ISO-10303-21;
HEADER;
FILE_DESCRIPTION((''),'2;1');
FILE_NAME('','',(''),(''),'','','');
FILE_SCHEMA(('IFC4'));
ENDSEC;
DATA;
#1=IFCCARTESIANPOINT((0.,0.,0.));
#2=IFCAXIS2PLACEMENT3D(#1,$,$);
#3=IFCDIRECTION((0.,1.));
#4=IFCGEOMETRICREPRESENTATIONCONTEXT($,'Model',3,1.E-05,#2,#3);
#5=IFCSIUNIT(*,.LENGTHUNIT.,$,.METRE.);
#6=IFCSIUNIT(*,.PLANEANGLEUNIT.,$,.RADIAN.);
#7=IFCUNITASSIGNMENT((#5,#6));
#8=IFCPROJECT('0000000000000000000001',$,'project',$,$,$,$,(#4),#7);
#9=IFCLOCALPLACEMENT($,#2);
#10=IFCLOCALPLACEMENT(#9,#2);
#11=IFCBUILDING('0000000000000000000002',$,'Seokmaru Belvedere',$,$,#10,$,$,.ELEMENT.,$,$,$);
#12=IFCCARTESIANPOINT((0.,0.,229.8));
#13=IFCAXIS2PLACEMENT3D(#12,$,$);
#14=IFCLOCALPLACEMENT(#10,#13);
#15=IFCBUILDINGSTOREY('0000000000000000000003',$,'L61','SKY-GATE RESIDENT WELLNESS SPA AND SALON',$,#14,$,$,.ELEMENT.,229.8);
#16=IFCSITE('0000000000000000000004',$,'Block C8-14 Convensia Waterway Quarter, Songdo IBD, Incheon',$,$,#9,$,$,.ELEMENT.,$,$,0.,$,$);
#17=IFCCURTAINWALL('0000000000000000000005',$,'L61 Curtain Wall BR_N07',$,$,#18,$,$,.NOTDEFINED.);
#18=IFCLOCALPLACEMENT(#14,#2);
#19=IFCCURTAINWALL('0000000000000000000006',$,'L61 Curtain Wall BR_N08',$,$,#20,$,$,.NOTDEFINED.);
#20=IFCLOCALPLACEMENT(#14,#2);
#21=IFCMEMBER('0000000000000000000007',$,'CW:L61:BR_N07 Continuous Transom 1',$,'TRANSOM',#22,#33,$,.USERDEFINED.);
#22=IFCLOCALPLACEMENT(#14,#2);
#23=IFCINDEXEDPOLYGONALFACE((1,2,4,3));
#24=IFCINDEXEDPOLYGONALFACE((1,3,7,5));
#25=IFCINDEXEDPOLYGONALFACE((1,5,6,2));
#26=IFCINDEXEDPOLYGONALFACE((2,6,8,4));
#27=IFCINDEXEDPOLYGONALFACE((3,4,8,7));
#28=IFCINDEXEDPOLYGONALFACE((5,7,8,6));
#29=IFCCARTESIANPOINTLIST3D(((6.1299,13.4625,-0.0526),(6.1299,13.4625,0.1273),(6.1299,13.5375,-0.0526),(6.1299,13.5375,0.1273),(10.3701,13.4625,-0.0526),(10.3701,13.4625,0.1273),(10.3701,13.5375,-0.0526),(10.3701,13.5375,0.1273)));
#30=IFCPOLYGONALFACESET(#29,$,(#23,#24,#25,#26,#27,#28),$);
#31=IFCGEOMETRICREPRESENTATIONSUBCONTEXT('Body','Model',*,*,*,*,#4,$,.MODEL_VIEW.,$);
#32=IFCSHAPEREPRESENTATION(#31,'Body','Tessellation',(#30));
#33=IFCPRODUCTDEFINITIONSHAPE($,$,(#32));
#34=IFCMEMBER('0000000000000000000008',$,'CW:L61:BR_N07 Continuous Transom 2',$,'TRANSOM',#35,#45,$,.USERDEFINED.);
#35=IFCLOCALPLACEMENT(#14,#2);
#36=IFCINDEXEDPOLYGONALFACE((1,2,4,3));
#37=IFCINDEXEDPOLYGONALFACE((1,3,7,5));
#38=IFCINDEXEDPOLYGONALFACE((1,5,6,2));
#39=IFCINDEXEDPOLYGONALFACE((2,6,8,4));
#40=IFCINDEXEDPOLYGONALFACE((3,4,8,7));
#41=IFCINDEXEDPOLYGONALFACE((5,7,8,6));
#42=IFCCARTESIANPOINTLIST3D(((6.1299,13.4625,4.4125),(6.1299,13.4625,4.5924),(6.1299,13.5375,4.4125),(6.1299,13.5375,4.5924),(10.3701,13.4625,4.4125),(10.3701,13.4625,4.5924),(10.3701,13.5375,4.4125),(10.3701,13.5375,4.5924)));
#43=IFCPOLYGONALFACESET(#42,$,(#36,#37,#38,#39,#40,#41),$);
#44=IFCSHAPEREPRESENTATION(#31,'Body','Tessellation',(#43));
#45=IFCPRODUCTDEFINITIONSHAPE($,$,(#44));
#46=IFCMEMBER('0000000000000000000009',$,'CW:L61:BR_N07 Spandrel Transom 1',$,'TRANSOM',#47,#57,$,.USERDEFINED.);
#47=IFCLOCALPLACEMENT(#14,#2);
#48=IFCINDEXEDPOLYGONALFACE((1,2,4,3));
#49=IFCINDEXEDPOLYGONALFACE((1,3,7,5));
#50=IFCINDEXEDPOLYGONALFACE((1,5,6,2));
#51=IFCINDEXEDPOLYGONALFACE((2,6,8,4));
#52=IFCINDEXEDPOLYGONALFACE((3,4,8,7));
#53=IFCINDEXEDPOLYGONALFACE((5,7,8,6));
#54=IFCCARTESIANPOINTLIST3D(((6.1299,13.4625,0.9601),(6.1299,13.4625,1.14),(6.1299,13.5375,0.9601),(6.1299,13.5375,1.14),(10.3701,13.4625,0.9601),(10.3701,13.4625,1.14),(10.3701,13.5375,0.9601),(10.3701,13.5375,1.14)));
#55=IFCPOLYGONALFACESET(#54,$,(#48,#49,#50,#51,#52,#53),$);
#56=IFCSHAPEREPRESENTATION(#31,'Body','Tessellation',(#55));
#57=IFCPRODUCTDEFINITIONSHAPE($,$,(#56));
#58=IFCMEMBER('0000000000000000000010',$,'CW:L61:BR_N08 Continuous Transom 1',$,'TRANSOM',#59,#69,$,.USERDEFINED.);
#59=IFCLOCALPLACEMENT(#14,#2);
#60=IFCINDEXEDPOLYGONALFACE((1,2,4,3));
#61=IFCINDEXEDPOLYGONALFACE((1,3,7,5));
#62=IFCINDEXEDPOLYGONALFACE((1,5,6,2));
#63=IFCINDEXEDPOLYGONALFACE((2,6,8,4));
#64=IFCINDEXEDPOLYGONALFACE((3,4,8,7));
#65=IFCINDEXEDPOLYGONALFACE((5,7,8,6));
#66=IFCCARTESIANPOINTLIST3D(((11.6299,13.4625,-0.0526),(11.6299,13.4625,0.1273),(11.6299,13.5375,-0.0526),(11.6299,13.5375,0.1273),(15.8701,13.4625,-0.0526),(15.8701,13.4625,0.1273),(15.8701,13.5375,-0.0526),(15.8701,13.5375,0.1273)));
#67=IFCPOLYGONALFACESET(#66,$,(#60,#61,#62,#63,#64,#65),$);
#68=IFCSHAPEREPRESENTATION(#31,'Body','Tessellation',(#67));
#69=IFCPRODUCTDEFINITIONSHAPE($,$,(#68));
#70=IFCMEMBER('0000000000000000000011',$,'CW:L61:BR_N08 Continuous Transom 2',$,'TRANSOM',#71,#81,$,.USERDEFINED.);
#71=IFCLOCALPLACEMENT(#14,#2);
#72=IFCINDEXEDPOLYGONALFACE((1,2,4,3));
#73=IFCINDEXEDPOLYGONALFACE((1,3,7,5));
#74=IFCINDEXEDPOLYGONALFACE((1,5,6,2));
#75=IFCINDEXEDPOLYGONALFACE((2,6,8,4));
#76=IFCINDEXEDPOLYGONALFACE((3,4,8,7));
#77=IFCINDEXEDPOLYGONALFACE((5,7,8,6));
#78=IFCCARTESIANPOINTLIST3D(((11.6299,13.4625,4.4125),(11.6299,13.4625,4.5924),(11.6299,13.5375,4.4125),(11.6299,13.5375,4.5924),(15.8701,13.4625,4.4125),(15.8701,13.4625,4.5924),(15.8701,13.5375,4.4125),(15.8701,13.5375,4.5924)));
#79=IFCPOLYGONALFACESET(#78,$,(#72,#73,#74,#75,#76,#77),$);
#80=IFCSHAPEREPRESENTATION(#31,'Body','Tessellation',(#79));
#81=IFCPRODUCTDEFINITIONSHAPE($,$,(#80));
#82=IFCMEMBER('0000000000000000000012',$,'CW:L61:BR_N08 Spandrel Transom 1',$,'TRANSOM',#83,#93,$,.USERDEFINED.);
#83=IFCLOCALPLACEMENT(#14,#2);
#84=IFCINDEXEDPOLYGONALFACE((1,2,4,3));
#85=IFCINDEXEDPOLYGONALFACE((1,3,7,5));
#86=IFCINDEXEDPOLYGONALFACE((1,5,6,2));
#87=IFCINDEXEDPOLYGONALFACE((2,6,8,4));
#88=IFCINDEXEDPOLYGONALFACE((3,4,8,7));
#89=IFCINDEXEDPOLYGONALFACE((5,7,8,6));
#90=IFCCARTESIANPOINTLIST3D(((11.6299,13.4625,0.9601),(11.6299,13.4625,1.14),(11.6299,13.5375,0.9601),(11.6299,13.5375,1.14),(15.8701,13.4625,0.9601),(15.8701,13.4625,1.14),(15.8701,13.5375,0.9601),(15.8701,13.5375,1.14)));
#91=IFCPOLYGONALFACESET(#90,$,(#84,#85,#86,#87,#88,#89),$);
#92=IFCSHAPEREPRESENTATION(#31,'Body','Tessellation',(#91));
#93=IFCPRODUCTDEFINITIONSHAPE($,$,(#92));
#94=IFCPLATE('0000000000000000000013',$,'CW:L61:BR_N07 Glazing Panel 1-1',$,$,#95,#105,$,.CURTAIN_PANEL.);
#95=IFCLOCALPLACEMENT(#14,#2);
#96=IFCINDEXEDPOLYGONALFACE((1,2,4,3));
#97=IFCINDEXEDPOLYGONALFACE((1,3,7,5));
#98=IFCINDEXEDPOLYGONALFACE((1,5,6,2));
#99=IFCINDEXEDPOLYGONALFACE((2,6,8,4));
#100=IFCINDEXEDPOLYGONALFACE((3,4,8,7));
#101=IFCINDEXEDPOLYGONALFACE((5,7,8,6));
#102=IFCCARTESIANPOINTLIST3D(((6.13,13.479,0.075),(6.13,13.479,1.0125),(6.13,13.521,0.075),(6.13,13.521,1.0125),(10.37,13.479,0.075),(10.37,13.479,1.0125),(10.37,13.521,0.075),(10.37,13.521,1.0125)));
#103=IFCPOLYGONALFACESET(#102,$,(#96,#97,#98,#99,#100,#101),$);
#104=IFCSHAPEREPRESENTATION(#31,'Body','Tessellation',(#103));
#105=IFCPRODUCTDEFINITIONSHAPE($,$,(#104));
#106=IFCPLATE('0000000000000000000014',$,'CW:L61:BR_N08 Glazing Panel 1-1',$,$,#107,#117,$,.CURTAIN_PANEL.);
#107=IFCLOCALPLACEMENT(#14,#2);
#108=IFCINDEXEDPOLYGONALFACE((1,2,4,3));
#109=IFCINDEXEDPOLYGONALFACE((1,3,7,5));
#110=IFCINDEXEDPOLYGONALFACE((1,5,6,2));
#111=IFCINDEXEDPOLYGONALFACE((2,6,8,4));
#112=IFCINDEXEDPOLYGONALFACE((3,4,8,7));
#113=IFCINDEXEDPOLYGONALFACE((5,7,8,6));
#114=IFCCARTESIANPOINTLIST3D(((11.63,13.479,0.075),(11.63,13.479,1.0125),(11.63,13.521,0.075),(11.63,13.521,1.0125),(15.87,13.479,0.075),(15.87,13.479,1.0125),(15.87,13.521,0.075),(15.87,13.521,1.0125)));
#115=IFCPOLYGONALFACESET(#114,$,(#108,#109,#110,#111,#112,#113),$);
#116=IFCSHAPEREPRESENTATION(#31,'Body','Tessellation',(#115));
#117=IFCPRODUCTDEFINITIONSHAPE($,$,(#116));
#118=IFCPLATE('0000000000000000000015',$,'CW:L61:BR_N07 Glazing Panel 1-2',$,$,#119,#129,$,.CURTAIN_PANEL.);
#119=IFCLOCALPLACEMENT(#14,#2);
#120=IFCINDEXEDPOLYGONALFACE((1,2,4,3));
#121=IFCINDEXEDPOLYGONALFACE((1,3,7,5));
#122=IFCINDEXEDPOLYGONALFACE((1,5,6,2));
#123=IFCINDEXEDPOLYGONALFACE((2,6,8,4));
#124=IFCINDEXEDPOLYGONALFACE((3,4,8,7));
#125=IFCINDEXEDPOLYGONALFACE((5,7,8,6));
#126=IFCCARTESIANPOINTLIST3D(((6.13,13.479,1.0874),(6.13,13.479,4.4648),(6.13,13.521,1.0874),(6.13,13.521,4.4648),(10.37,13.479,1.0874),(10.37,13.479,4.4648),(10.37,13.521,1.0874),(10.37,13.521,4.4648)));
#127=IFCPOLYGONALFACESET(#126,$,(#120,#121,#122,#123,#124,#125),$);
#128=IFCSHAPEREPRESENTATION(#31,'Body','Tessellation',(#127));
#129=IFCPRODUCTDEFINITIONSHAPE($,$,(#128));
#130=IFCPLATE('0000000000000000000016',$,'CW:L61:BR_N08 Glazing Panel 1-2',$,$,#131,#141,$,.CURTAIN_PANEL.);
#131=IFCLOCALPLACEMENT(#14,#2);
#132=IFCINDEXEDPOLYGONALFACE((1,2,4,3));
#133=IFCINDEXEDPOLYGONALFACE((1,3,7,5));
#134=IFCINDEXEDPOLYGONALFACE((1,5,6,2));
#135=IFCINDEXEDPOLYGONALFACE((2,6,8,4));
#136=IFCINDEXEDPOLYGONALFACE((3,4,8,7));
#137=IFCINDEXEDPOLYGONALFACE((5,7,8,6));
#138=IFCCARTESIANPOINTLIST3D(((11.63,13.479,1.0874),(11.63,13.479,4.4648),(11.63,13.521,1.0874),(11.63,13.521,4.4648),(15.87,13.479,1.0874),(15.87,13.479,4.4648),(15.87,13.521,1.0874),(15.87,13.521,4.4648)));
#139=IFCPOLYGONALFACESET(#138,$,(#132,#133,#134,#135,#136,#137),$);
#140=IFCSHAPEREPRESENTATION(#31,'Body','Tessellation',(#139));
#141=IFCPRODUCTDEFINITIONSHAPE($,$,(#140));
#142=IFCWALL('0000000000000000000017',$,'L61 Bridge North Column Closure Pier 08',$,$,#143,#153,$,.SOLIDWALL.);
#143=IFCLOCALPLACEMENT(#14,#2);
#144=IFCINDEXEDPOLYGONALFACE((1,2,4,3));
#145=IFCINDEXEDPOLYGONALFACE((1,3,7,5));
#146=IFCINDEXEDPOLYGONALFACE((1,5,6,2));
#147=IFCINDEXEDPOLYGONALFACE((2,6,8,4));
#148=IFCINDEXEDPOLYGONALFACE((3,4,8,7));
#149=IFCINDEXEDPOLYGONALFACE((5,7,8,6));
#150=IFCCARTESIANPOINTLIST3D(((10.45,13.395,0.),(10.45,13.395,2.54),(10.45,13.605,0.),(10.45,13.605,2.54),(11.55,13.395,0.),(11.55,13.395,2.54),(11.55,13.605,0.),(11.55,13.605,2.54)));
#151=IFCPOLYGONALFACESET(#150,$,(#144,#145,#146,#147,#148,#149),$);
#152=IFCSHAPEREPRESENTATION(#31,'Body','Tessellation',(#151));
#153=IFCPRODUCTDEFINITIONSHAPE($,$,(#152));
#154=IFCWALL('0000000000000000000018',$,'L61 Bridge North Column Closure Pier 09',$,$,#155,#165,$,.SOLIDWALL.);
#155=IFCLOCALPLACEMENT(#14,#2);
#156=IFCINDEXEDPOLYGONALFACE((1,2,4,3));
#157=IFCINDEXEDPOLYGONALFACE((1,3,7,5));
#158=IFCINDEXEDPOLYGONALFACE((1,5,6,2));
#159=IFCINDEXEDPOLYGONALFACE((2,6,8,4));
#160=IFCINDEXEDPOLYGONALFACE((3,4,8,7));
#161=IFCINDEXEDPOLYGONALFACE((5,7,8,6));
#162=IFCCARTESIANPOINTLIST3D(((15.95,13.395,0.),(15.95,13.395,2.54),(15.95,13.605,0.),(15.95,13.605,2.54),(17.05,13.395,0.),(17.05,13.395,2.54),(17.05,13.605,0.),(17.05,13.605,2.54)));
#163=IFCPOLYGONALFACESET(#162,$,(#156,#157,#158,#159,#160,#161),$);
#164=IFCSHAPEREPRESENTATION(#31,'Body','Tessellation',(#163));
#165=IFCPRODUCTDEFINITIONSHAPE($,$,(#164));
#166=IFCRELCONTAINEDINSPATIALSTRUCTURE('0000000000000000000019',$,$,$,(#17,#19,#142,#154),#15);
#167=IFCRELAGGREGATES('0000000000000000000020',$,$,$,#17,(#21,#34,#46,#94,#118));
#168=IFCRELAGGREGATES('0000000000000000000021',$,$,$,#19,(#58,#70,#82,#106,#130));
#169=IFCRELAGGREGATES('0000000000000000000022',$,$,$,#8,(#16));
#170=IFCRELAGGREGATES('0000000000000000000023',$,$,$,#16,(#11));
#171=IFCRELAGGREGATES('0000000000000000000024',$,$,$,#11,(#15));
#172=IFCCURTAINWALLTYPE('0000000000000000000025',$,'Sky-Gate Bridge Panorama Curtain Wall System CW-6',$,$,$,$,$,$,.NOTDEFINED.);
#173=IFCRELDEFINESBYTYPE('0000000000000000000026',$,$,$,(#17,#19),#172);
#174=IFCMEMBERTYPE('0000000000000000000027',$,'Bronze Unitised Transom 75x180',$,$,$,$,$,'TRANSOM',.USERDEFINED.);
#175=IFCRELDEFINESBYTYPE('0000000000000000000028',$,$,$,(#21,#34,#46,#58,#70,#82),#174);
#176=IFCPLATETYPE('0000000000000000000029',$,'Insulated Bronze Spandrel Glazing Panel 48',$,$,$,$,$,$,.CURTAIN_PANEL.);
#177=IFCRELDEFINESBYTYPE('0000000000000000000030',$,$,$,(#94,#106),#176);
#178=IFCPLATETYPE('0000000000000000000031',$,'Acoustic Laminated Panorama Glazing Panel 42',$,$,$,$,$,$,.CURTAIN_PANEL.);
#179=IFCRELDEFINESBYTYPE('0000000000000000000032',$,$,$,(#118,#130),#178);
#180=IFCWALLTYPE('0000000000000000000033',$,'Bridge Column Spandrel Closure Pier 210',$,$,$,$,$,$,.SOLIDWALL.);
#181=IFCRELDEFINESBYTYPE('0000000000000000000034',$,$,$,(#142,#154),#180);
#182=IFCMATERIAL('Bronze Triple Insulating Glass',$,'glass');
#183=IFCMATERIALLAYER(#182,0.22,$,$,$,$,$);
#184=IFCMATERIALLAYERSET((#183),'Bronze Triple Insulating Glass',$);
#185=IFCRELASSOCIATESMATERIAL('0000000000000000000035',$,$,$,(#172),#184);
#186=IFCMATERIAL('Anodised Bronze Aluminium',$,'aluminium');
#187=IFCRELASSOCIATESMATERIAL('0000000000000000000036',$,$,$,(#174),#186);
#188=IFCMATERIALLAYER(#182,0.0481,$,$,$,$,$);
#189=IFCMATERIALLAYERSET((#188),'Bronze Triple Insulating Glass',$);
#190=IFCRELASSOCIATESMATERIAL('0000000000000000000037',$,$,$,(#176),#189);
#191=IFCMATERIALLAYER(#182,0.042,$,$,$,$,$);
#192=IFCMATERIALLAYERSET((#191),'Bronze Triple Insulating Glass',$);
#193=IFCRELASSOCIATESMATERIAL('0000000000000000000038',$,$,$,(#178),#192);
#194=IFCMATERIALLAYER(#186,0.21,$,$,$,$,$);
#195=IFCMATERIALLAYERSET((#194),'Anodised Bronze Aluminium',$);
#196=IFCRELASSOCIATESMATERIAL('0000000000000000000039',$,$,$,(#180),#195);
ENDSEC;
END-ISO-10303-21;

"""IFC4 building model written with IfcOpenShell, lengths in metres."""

from ifc_helpers import new_model, si_unit, direction, frame, frame_2d, origin, origin_2d, place, context, subcontext, project, spatial, rectangle, extrude, source, transform, mapped, material, layer, layer_set, material_profile, profile_set, type_object, type_shapes, element, aggregate, save


model = new_model("IFC4")

# Units and contexts
model_context = context("Model", 3, precision=1e-05, world=origin(), true_north=direction((0.0, 1.0)))
body_context = subcontext(model_context, "Body", "Model", "MODEL_VIEW")
ifc_project = project(units=[si_unit("LENGTHUNIT", "METRE"), si_unit("PLANEANGLEUNIT", "RADIAN")], contexts=[model_context])

# Site, building, storey
site_placement = place(None, origin())
site = spatial("IfcSite", under=ifc_project, at=site_placement, Name="Block C8-14 Convensia Waterway Quarter, Songdo IBD, Incheon", CompositionType="ELEMENT", RefElevation=0.0)
building_placement = place(site_placement, origin())
building = spatial("IfcBuilding", under=site, at=building_placement, Name="Seokmaru Belvedere", CompositionType="ELEMENT")
storey_placement = place(building_placement, frame((0.0, 0.0, 229.8)))
storey = spatial("IfcBuildingStorey", under=building, at=storey_placement, Name="L61", Description="SKY-GATE RESIDENT WELLNESS SPA AND SALON", CompositionType="ELEMENT", Elevation=229.8)

# Curtain walls
ifc_material_1 = material(Name="Bronze Triple Insulating Glass", Category="glass")
ifc_layer_1 = layer(ifc_material_1, 0.22)
ifc_layer_set_1 = layer_set([ifc_layer_1], Name="Bronze Triple Insulating Glass")
curtain_wall_type = type_object("IfcCurtainWallType", Name="Sky-Gate Bridge Panorama Curtain Wall System CW-6", PredefinedType="NOTDEFINED", material=ifc_layer_set_1)
curtain_wall_1_placement = place(storey_placement, origin())
curtain_wall_1 = element("IfcCurtainWall", 1, at=curtain_wall_1_placement, inside=storey, type_object=curtain_wall_type, Name="L61 Curtain Wall BR_N07", PredefinedType="NOTDEFINED")
ifc_material_2 = material(Name="Anodised Bronze Aluminium", Category="aluminium")
curtain_wall_2_placement = place(storey_placement, origin())
curtain_wall_2 = element("IfcCurtainWall", 2, at=curtain_wall_2_placement, inside=storey, type_object=curtain_wall_type, Name="L61 Curtain Wall BR_N08", PredefinedType="NOTDEFINED")

# Members
ifc_material_profile_1 = material_profile(ifc_material_2, rectangle(XDim=0.075, YDim=0.1799, at=origin_2d()), Name="CW-T-75x180")
ifc_profile_set_1 = profile_set([ifc_material_profile_1], Name="Anodised Bronze Aluminium")
member_type_1 = type_object("IfcMemberType", Name="Bronze Unitised Transom 75x180", ElementType="TRANSOM", PredefinedType="USERDEFINED", material=ifc_profile_set_1)
shared_shape_1 = source(origin(), body_context, "Body", "SweptSolid", [
    extrude(rectangle(XDim=0.075, YDim=0.1799, at=origin_2d()), origin(), (0.0, 0.0, 1.0), 4.2402),
])
type_shapes(member_type_1, [shared_shape_1])
member_1_placement = place(storey_placement, frame((10.3701, 13.5, 0.0374), z_axis=(-1.0, 0.0, 0.0), x_axis=(0.0, -1.0, 0.0)))
member_1 = element("IfcMember", 3, at=member_1_placement, type_object=member_type_1, Name="CW:L61:BR_N07 Continuous Transom 1", ObjectType="TRANSOM", PredefinedType="USERDEFINED", context=body_context, shape_type="MappedRepresentation", body=[
    mapped(shared_shape_1, transform((0.0, 0.0, 0.0), scale=1.0)),
])
member_2_placement = place(storey_placement, frame((10.3701, 13.5, 4.5024), z_axis=(-1.0, 0.0, 0.0), x_axis=(0.0, -1.0, 0.0)))
member_2 = element("IfcMember", 4, at=member_2_placement, type_object=member_type_1, Name="CW:L61:BR_N07 Continuous Transom 2", ObjectType="TRANSOM", PredefinedType="USERDEFINED", context=body_context, shape_type="MappedRepresentation", body=[
    mapped(shared_shape_1, transform((0.0, 0.0, 0.0), scale=1.0)),
])
member_3_placement = place(storey_placement, frame((10.3701, 13.5, 1.05), z_axis=(-1.0, 0.0, 0.0), x_axis=(0.0, -1.0, 0.0)))
member_3 = element("IfcMember", 5, at=member_3_placement, type_object=member_type_1, Name="CW:L61:BR_N07 Spandrel Transom 1", ObjectType="TRANSOM", PredefinedType="USERDEFINED", context=body_context, shape_type="MappedRepresentation", body=[
    mapped(shared_shape_1, transform((0.0, 0.0, 0.0), scale=1.0)),
])
member_4_placement = place(storey_placement, frame((15.8701, 13.5, 0.0374), z_axis=(-1.0, 0.0, 0.0), x_axis=(0.0, -1.0, 0.0)))
member_4 = element("IfcMember", 6, at=member_4_placement, type_object=member_type_1, Name="CW:L61:BR_N08 Continuous Transom 1", ObjectType="TRANSOM", PredefinedType="USERDEFINED", context=body_context, shape_type="MappedRepresentation", body=[
    mapped(shared_shape_1, transform((0.0, 0.0, 0.0), scale=1.0)),
])
member_5_placement = place(storey_placement, frame((15.8701, 13.5, 4.5024), z_axis=(-1.0, 0.0, 0.0), x_axis=(0.0, -1.0, 0.0)))
member_5 = element("IfcMember", 7, at=member_5_placement, type_object=member_type_1, Name="CW:L61:BR_N08 Continuous Transom 2", ObjectType="TRANSOM", PredefinedType="USERDEFINED", context=body_context, shape_type="MappedRepresentation", body=[
    mapped(shared_shape_1, transform((0.0, 0.0, 0.0), scale=1.0)),
])
member_6_placement = place(storey_placement, frame((15.8701, 13.5, 1.05), z_axis=(-1.0, 0.0, 0.0), x_axis=(0.0, -1.0, 0.0)))
member_6 = element("IfcMember", 8, at=member_6_placement, type_object=member_type_1, Name="CW:L61:BR_N08 Spandrel Transom 1", ObjectType="TRANSOM", PredefinedType="USERDEFINED", context=body_context, shape_type="MappedRepresentation", body=[
    mapped(shared_shape_1, transform((0.0, 0.0, 0.0), scale=1.0)),
])

# Plates
ifc_layer_2 = layer(ifc_material_1, 0.0481)
ifc_layer_set_2 = layer_set([ifc_layer_2], Name="Bronze Triple Insulating Glass")
plate_type_1 = type_object("IfcPlateType", Name="Insulated Bronze Spandrel Glazing Panel 48", PredefinedType="CURTAIN_PANEL", material=ifc_layer_set_2)
shared_shape_2 = source(origin(), body_context, "Body", "SweptSolid", [
    extrude(rectangle(XDim=4.24, YDim=0.042, at=origin_2d()), origin(), (0.0, 0.0, 1.0), 0.9375),
])
type_shapes(plate_type_1, [shared_shape_2])
plate_1_placement = place(storey_placement, frame((8.25, 13.5, 0.075), z_axis=(0.0, 0.0, 1.0), x_axis=(-1.0, 0.0, 0.0)))
plate_1 = element("IfcPlate", 9, at=plate_1_placement, type_object=plate_type_1, Name="CW:L61:BR_N07 Glazing Panel 1-1", PredefinedType="CURTAIN_PANEL", context=body_context, shape_type="MappedRepresentation", body=[
    mapped(shared_shape_2, transform((0.0, 0.0, 0.0), scale=1.0)),
])
plate_2_placement = place(storey_placement, frame((13.75, 13.5, 0.075), z_axis=(0.0, 0.0, 1.0), x_axis=(-1.0, 0.0, 0.0)))
plate_2 = element("IfcPlate", 10, at=plate_2_placement, type_object=plate_type_1, Name="CW:L61:BR_N08 Glazing Panel 1-1", PredefinedType="CURTAIN_PANEL", context=body_context, shape_type="MappedRepresentation", body=[
    mapped(shared_shape_2, transform((0.0, 0.0, 0.0), scale=1.0)),
])
ifc_layer_3 = layer(ifc_material_1, 0.042)
ifc_layer_set_3 = layer_set([ifc_layer_3], Name="Bronze Triple Insulating Glass")
plate_type_2 = type_object("IfcPlateType", Name="Acoustic Laminated Panorama Glazing Panel 42", PredefinedType="CURTAIN_PANEL", material=ifc_layer_set_3)
shared_shape_3 = source(origin(), body_context, "Body", "SweptSolid", [
    extrude(rectangle(XDim=4.24, YDim=0.042, at=origin_2d()), origin(), (0.0, 0.0, 1.0), 3.3774),
])
type_shapes(plate_type_2, [shared_shape_3])
plate_3_placement = place(storey_placement, frame((8.25, 13.5, 1.0874), z_axis=(0.0, 0.0, 1.0), x_axis=(-1.0, 0.0, 0.0)))
plate_3 = element("IfcPlate", 11, at=plate_3_placement, type_object=plate_type_2, Name="CW:L61:BR_N07 Glazing Panel 1-2", PredefinedType="CURTAIN_PANEL", context=body_context, shape_type="MappedRepresentation", body=[
    mapped(shared_shape_3, transform((0.0, 0.0, 0.0), scale=1.0)),
])
aggregate(curtain_wall_1, [member_1, member_2, member_3, plate_1, plate_3])
plate_4_placement = place(storey_placement, frame((13.75, 13.5, 1.0874), z_axis=(0.0, 0.0, 1.0), x_axis=(-1.0, 0.0, 0.0)))
plate_4 = element("IfcPlate", 12, at=plate_4_placement, type_object=plate_type_2, Name="CW:L61:BR_N08 Glazing Panel 1-2", PredefinedType="CURTAIN_PANEL", context=body_context, shape_type="MappedRepresentation", body=[
    mapped(shared_shape_3, transform((0.0, 0.0, 0.0), scale=1.0)),
])
aggregate(curtain_wall_2, [member_4, member_5, member_6, plate_2, plate_4])

# Walls
ifc_layer_4 = layer(ifc_material_2, 0.21)
ifc_layer_set_4 = layer_set([ifc_layer_4], Name="Anodised Bronze Aluminium")
wall_type_1 = type_object("IfcWallType", Name="Bridge Column Spandrel Closure Pier 210", PredefinedType="SOLIDWALL", material=ifc_layer_set_4)
for number, where, z_axis, x_axis, name in (
    (13, (10.45, 13.5, 0.0), (0.0, 0.0, 1.0), (1.0, 0.0, 0.0), "L61 Bridge North Column Closure Pier 08"),
    (14, (15.95, 13.5, 0.0), (0.0, 0.0, 1.0), (1.0, 0.0, 0.0), "L61 Bridge North Column Closure Pier 09"),
):
    element("IfcWall", number, at=place(storey_placement, frame(where, z_axis=z_axis, x_axis=x_axis)), inside=storey, type_object=wall_type_1, Name=name, PredefinedType="SOLIDWALL", context=body_context, shape_type="SweptSolid", body=[
        extrude(rectangle(XDim=1.1001, YDim=0.21, at=frame_2d((0.55, 0.0))), origin(), (0.0, 0.0, 1.0), 2.54),
    ])

save(model, "model.ifc")
